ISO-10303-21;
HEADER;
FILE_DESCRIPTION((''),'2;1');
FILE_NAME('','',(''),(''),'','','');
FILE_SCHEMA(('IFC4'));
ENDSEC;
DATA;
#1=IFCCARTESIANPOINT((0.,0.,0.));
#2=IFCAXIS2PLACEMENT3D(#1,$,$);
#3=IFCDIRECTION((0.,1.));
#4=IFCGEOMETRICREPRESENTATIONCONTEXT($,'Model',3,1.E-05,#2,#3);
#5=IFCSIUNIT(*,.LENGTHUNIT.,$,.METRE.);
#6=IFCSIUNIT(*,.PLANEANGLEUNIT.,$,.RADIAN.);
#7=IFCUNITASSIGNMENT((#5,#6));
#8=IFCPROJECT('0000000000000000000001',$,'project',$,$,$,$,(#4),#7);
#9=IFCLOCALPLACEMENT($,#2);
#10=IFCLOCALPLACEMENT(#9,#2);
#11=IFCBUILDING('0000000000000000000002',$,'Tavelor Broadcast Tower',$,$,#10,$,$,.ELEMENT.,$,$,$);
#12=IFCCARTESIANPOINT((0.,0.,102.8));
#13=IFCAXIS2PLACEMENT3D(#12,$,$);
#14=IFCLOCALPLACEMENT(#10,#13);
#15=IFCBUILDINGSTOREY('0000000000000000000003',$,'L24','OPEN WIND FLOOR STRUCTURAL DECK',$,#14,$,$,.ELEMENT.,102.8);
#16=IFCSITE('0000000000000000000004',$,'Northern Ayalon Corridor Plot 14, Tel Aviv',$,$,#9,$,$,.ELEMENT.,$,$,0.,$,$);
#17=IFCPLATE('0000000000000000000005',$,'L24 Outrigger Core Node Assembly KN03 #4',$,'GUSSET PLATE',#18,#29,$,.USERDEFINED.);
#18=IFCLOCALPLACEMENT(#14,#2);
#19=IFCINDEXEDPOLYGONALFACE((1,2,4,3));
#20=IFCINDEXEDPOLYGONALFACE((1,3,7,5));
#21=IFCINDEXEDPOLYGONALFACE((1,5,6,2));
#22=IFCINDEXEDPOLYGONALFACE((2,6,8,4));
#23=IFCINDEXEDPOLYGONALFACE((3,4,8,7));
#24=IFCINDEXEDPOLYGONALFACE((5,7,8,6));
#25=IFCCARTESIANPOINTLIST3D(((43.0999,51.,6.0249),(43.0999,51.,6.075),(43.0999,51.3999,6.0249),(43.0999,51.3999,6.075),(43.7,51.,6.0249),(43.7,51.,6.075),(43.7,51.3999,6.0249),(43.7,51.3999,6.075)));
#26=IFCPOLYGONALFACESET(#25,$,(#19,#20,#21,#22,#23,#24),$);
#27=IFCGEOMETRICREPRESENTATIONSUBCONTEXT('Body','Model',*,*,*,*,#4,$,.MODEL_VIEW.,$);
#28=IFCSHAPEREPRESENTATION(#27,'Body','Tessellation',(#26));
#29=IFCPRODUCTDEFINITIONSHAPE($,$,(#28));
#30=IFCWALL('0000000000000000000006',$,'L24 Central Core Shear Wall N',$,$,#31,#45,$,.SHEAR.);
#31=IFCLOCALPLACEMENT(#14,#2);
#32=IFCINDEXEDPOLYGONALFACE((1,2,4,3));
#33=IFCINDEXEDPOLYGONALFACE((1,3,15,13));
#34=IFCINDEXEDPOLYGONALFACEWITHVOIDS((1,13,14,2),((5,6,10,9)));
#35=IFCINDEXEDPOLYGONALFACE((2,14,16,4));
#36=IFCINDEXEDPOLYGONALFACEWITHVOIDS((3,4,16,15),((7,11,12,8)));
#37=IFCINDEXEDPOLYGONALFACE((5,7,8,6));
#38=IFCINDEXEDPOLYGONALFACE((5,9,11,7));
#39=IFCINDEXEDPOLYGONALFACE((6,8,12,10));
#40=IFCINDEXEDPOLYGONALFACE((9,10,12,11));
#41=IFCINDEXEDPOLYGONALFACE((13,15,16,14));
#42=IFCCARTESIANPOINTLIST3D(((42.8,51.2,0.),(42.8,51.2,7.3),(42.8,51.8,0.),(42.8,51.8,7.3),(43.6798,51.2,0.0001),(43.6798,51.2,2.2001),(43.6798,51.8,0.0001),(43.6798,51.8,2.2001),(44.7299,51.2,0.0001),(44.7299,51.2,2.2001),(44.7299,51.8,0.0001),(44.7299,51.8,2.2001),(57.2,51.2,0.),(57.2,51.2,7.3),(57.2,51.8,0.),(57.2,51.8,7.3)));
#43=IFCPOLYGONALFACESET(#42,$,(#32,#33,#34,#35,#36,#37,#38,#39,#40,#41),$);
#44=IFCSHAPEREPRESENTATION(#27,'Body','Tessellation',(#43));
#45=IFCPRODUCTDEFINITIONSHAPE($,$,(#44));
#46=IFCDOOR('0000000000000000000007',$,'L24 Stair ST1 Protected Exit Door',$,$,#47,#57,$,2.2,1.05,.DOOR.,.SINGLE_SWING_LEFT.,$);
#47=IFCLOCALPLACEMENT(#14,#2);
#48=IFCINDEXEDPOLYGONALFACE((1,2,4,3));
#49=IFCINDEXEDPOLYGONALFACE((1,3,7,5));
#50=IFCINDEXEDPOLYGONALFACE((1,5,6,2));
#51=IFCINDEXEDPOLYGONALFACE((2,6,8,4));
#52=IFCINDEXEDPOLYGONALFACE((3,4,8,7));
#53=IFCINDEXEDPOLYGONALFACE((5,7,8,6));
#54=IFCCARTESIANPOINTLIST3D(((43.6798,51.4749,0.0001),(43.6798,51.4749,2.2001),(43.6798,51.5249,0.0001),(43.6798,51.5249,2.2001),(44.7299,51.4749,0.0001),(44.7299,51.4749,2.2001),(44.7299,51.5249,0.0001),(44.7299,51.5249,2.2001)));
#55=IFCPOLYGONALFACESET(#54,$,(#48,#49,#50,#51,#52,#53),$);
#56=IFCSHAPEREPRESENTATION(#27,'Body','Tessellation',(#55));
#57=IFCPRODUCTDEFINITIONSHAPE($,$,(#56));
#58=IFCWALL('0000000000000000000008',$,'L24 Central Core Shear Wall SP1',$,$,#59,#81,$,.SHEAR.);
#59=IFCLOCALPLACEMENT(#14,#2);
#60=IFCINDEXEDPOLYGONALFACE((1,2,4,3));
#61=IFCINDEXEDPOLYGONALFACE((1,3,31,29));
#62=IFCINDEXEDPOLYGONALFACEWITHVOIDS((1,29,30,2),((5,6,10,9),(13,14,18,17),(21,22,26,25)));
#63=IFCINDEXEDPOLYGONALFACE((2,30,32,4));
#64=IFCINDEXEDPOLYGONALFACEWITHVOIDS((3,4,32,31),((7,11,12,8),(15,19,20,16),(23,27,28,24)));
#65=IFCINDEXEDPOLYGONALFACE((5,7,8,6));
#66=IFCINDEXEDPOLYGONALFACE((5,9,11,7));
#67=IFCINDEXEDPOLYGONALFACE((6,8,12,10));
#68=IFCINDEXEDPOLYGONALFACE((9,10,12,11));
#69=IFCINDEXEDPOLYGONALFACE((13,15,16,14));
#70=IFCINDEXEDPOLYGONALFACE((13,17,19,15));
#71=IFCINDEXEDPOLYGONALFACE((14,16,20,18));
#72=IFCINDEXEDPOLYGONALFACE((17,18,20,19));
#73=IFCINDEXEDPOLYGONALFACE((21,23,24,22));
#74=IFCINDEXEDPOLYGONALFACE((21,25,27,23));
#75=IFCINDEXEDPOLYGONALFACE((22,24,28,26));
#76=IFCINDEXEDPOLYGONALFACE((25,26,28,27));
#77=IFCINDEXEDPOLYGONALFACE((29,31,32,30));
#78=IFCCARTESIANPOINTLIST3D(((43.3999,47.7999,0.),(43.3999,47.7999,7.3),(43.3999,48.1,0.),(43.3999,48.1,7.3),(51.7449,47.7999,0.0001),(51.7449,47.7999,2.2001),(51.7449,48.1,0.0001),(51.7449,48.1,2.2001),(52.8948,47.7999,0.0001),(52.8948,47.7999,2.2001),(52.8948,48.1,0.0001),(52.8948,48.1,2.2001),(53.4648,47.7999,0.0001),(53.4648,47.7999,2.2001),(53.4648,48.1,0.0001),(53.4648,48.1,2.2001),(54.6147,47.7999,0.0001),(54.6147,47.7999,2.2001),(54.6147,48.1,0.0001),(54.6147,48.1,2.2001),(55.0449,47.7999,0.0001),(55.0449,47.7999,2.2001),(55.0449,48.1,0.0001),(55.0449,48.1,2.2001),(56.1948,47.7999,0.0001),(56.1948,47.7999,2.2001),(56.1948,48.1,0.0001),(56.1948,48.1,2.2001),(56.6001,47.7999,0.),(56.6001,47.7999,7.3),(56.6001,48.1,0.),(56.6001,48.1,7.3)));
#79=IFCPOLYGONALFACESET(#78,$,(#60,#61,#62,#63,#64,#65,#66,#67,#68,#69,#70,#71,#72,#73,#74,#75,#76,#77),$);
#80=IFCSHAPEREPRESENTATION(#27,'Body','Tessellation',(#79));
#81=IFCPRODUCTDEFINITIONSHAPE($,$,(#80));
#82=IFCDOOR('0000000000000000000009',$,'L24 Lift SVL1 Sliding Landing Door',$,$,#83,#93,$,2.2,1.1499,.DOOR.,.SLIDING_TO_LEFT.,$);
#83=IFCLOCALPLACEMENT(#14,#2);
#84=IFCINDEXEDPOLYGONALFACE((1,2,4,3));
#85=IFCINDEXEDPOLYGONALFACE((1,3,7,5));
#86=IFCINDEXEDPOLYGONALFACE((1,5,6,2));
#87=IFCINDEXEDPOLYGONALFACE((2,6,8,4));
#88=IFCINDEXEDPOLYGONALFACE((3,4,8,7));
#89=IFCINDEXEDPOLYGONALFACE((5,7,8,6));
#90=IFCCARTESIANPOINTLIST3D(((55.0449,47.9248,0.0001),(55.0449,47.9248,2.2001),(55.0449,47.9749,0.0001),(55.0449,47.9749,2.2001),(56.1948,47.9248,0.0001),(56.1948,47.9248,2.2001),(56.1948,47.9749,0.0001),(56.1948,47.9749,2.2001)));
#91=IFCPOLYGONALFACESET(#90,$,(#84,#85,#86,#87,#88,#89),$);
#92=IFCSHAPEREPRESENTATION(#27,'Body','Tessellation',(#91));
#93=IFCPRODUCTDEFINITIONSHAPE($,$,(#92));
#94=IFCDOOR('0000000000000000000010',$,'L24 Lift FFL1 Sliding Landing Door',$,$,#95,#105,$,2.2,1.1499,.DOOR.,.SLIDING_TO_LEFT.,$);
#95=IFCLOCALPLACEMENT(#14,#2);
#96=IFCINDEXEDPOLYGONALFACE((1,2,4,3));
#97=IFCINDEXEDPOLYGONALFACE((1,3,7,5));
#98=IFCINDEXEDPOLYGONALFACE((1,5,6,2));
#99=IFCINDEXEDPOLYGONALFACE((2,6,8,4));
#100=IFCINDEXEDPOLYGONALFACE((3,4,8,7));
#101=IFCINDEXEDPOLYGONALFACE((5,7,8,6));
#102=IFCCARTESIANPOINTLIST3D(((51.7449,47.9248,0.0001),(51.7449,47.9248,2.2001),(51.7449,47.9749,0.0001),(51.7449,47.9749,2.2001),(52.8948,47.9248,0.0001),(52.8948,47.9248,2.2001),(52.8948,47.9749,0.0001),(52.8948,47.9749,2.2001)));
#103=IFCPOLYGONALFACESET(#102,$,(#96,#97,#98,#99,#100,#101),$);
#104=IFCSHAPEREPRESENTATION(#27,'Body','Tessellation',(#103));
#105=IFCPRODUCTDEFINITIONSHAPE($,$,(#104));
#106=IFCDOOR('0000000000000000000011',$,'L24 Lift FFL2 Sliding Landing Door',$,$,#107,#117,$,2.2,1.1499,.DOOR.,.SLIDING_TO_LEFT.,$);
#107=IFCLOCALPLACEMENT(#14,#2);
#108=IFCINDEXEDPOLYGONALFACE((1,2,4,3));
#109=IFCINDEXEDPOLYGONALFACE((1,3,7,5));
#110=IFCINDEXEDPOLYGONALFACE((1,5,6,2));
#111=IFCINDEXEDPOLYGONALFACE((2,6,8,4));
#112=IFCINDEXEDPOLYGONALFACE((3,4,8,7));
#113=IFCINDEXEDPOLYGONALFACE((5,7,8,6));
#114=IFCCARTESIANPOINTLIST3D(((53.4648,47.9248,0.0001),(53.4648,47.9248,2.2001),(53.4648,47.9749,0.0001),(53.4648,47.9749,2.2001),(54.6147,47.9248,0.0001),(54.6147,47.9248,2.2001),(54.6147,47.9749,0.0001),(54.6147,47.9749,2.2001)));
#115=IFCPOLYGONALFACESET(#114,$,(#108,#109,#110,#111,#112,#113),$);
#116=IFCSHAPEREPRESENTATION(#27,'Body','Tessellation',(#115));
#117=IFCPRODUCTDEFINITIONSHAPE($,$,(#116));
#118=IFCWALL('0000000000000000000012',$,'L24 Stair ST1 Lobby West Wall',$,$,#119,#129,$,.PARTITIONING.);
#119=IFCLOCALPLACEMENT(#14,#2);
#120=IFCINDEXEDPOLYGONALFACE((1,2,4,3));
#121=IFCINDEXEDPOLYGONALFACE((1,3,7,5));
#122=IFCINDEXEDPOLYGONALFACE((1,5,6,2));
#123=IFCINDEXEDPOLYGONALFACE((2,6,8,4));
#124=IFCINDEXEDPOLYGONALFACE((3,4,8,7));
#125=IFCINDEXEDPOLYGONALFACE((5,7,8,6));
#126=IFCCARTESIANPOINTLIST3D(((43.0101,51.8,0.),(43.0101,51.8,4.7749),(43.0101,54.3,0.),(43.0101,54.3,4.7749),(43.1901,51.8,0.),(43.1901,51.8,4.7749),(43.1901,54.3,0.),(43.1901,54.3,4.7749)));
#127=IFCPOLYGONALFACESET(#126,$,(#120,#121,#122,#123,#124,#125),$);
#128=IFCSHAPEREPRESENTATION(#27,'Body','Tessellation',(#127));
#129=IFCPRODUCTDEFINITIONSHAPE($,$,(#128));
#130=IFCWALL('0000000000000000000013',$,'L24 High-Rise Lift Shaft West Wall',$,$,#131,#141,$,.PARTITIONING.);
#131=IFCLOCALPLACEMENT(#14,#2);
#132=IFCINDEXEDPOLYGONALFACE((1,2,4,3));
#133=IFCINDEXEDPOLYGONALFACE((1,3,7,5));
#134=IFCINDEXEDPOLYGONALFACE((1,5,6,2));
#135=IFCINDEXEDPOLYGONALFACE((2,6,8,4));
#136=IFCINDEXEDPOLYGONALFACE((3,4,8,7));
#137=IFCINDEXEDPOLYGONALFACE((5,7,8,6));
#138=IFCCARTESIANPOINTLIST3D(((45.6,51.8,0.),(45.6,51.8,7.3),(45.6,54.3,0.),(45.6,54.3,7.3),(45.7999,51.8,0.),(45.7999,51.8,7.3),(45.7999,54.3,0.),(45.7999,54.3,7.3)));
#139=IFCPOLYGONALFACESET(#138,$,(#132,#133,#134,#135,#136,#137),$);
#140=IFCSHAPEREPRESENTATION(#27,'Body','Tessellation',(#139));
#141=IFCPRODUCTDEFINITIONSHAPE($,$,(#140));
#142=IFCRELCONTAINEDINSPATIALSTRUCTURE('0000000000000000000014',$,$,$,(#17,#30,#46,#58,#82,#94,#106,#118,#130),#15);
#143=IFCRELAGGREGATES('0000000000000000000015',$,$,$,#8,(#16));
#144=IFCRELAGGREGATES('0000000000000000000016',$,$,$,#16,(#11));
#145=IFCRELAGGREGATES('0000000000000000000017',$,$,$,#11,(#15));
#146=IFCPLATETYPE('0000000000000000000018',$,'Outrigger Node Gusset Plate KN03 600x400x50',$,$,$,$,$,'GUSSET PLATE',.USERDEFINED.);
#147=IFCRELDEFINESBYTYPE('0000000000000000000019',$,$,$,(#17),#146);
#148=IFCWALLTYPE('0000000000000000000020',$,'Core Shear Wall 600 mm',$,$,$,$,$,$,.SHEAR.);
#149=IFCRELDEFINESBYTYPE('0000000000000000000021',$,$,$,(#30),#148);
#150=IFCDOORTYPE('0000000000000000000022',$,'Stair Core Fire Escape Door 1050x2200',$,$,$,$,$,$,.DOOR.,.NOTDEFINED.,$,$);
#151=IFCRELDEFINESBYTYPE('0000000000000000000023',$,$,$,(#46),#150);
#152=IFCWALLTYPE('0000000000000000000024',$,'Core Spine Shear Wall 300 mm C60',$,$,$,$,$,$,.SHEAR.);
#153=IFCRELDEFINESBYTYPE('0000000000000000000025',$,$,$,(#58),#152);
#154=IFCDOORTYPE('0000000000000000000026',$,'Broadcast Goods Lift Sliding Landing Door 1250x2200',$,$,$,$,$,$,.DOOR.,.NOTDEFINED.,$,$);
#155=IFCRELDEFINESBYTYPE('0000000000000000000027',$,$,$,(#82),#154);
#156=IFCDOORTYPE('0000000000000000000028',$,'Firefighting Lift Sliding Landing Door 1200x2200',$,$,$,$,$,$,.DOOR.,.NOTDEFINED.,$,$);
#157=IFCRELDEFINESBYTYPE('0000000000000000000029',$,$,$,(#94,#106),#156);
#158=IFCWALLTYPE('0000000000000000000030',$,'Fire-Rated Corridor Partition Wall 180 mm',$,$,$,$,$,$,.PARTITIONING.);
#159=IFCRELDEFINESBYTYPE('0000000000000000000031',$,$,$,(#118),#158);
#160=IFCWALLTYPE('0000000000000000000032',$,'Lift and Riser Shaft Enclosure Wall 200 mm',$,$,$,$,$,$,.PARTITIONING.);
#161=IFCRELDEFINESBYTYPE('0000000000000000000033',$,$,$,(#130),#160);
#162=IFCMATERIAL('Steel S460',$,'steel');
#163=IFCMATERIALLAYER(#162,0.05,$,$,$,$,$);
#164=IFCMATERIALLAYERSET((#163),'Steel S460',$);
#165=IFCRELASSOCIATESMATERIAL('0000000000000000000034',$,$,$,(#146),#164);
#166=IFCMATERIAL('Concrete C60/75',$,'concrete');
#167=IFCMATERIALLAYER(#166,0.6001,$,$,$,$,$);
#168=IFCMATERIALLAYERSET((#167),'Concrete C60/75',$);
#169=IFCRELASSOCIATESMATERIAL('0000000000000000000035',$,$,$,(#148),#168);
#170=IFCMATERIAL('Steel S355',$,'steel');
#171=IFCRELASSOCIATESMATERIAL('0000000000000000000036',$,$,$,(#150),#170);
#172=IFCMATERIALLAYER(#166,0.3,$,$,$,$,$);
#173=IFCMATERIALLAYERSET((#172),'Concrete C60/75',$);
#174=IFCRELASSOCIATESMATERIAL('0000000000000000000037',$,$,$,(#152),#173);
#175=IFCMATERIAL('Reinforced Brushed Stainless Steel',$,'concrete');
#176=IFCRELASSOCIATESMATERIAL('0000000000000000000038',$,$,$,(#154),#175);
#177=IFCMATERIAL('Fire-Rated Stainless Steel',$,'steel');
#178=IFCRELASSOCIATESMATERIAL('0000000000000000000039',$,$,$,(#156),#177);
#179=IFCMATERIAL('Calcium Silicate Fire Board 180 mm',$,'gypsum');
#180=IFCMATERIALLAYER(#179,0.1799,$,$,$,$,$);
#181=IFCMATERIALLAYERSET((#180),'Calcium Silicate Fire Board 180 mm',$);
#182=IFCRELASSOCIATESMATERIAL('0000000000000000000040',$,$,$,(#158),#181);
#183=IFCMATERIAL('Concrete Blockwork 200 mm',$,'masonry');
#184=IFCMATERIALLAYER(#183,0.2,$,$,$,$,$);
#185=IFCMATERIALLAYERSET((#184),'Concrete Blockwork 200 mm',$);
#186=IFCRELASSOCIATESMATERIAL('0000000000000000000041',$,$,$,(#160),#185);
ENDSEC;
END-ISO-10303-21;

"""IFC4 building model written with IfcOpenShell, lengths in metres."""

from ifc_helpers import new_model, si_unit, direction, frame, frame_2d, origin, origin_2d, place, context, subcontext, project, spatial, rectangle, extrude, source, transform, mapped, material, layer, layer_set, type_object, type_shapes, element, fill, save


model = new_model("IFC4")

# Units and contexts
model_context = context("Model", 3, precision=1e-05, world=origin(), true_north=direction((0.0, 1.0)))
body_context = subcontext(model_context, "Body", "Model", "MODEL_VIEW")
ifc_project = project(units=[si_unit("LENGTHUNIT", "METRE"), si_unit("PLANEANGLEUNIT", "RADIAN")], contexts=[model_context])

# Site, building, storey
site_placement = place(None, origin())
site = spatial("IfcSite", under=ifc_project, at=site_placement, Name="Northern Ayalon Corridor Plot 14, Tel Aviv", CompositionType="ELEMENT", RefElevation=0.0)
building_placement = place(site_placement, origin())
building = spatial("IfcBuilding", under=site, at=building_placement, Name="Tavelor Broadcast Tower", CompositionType="ELEMENT")
storey_placement = place(building_placement, frame((0.0, 0.0, 102.8)))
storey = spatial("IfcBuildingStorey", under=building, at=storey_placement, Name="L24", Description="OPEN WIND FLOOR STRUCTURAL DECK", CompositionType="ELEMENT", Elevation=102.8)

# Shared definitions
ifc_material_1 = material(Name="Concrete C60/75", Category="concrete")

# Shared definitions
ifc_material_2 = material(Name="Steel S460", Category="steel")
ifc_material_3 = material(Name="Steel S355", Category="steel")

# Plate
ifc_layer_1 = layer(ifc_material_2, 0.05)
ifc_layer_set_1 = layer_set([ifc_layer_1], Name="Steel S460")
plate_type = type_object("IfcPlateType", Name="Outrigger Node Gusset Plate KN03 600x400x50", ElementType="GUSSET PLATE", PredefinedType="USERDEFINED", material=ifc_layer_set_1)
shared_shape = source(origin(), body_context, "Body", "SweptSolid", [
    extrude(rectangle(XDim=0.6001, YDim=0.3999, at=origin_2d()), origin(), (0.0, 0.0, 1.0), 0.05),
])
type_shapes(plate_type, [shared_shape])
plate_placement = place(storey_placement, frame((43.3999, 51.2, 6.0249), z_axis=(0.0, 0.0, 1.0), x_axis=(1.0, 0.0, 0.0)))
element("IfcPlate", 1, at=plate_placement, inside=storey, type_object=plate_type, Name="L24 Outrigger Core Node Assembly KN03 #4", ObjectType="GUSSET PLATE", PredefinedType="USERDEFINED", context=body_context, shape_type="MappedRepresentation", body=[
    mapped(shared_shape, transform((0.0, 0.0, 0.0), scale=1.0)),
])

# Wall, opening, door
ifc_layer_2 = layer(ifc_material_1, 0.6001)
ifc_layer_set_2 = layer_set([ifc_layer_2], Name="Concrete C60/75")
wall_type_1 = type_object("IfcWallType", Name="Core Shear Wall 600 mm", PredefinedType="SHEAR", material=ifc_layer_set_2)
wall_1_placement = place(storey_placement, frame((42.8, 51.5, 0.0), z_axis=(0.0, 0.0, 1.0), x_axis=(1.0, 0.0, 0.0)))
wall_1 = element("IfcWall", 2, at=wall_1_placement, inside=storey, type_object=wall_type_1, Name="L24 Central Core Shear Wall N", PredefinedType="SHEAR", context=body_context, shape_type="SweptSolid", body=[
    extrude(rectangle(XDim=14.3999, YDim=0.6001, at=frame_2d((7.2, 0.0))), origin(), (0.0, 0.0, 1.0), 7.3),
])
opening_1_placement = place(wall_1_placement, frame((0.8799, 0.0, 0.0)))
opening_1 = element("IfcOpeningElement", 3, at=opening_1_placement, cuts=wall_1, PredefinedType="OPENING", context=body_context, shape_type="SweptSolid", body=[
    extrude(rectangle(XDim=1.05, YDim=2.2, at=frame_2d((0.5249, 1.1001))), frame((0.0, 0.3101, 0.0), z_axis=(0.0, -1.0, 0.0), x_axis=(1.0, 0.0, 0.0)), (0.0, 0.0, 1.0), 0.6201),
])
door_type_1 = type_object("IfcDoorType", Name="Stair Core Fire Escape Door 1050x2200", OperationType="NOTDEFINED", PredefinedType="DOOR", material=ifc_material_3)
door_1_placement = place(opening_1_placement, origin())
door_1 = element("IfcDoor", 4, at=door_1_placement, inside=storey, type_object=door_type_1, Name="L24 Stair ST1 Protected Exit Door", OperationType="SINGLE_SWING_LEFT", OverallHeight=2.2, OverallWidth=1.05, PredefinedType="DOOR", context=body_context, shape_type="SweptSolid", body=[
    extrude(rectangle(XDim=1.05, YDim=2.2, at=frame_2d((0.5249, 1.1001))), frame((0.0, 0.0249, 0.0), z_axis=(0.0, -1.0, 0.0), x_axis=(1.0, 0.0, 0.0)), (0.0, 0.0, 1.0), 0.05),
])
fill(opening_1, door_1)

# Wall, openings, doors
ifc_layer_3 = layer(ifc_material_1, 0.3)
ifc_layer_set_3 = layer_set([ifc_layer_3], Name="Concrete C60/75")
wall_type_2 = type_object("IfcWallType", Name="Core Spine Shear Wall 300 mm C60", PredefinedType="SHEAR", material=ifc_layer_set_3)
wall_2_placement = place(storey_placement, frame((43.3999, 47.95, 0.0), z_axis=(0.0, 0.0, 1.0), x_axis=(1.0, 0.0, 0.0)))
wall_2 = element("IfcWall", 5, at=wall_2_placement, inside=storey, type_object=wall_type_2, Name="L24 Central Core Shear Wall SP1", PredefinedType="SHEAR", context=body_context, shape_type="SweptSolid", body=[
    extrude(rectangle(XDim=13.2002, YDim=0.3, at=frame_2d((6.6001, 0.0))), origin(), (0.0, 0.0, 1.0), 7.3),
])
opening_2_placement = place(wall_2_placement, frame((8.345, 0.0, 0.0)))
opening_2 = element("IfcOpeningElement", 6, at=opening_2_placement, cuts=wall_2, PredefinedType="OPENING", context=body_context, shape_type="SweptSolid", body=[
    extrude(rectangle(XDim=1.1499, YDim=2.2, at=frame_2d((0.575, 1.1001))), frame((0.0, 0.1602, 0.0), z_axis=(0.0, -1.0, 0.0), x_axis=(1.0, 0.0, 0.0)), (0.0, 0.0, 1.0), 0.3201),
])
opening_3_placement = place(wall_2_placement, frame((10.0649, 0.0, 0.0)))
opening_3 = element("IfcOpeningElement", 7, at=opening_3_placement, cuts=wall_2, PredefinedType="OPENING", context=body_context, shape_type="SweptSolid", body=[
    extrude(rectangle(XDim=1.1499, YDim=2.2, at=frame_2d((0.575, 1.1001))), frame((0.0, 0.1602, 0.0), z_axis=(0.0, -1.0, 0.0), x_axis=(1.0, 0.0, 0.0)), (0.0, 0.0, 1.0), 0.3201),
])
opening_4_placement = place(wall_2_placement, frame((11.645, 0.0, 0.0)))
opening_4 = element("IfcOpeningElement", 8, at=opening_4_placement, cuts=wall_2, PredefinedType="OPENING", context=body_context, shape_type="SweptSolid", body=[
    extrude(rectangle(XDim=1.1499, YDim=2.2, at=frame_2d((0.575, 1.1001))), frame((0.0, 0.1602, 0.0), z_axis=(0.0, -1.0, 0.0), x_axis=(1.0, 0.0, 0.0)), (0.0, 0.0, 1.0), 0.3201),
])
ifc_material_4 = material(Name="Reinforced Brushed Stainless Steel", Category="concrete")
door_type_2 = type_object("IfcDoorType", Name="Broadcast Goods Lift Sliding Landing Door 1250x2200", OperationType="NOTDEFINED", PredefinedType="DOOR", material=ifc_material_4)
door_2_placement = place(opening_4_placement, origin())
door_2 = element("IfcDoor", 9, at=door_2_placement, inside=storey, type_object=door_type_2, Name="L24 Lift SVL1 Sliding Landing Door", OperationType="SLIDING_TO_LEFT", OverallHeight=2.2, OverallWidth=1.1499, PredefinedType="DOOR", context=body_context, shape_type="SweptSolid", body=[
    extrude(rectangle(XDim=1.1499, YDim=2.2, at=frame_2d((0.575, 1.1001))), frame((0.0, 0.0249, 0.0), z_axis=(0.0, -1.0, 0.0), x_axis=(1.0, 0.0, 0.0)), (0.0, 0.0, 1.0), 0.05),
])
fill(opening_4, door_2)
ifc_material_5 = material(Name="Fire-Rated Stainless Steel", Category="steel")
door_type_3 = type_object("IfcDoorType", Name="Firefighting Lift Sliding Landing Door 1200x2200", OperationType="NOTDEFINED", PredefinedType="DOOR", material=ifc_material_5)
door_3_placement = place(opening_2_placement, origin())
door_3 = element("IfcDoor", 10, at=door_3_placement, inside=storey, type_object=door_type_3, Name="L24 Lift FFL1 Sliding Landing Door", OperationType="SLIDING_TO_LEFT", OverallHeight=2.2, OverallWidth=1.1499, PredefinedType="DOOR", context=body_context, shape_type="SweptSolid", body=[
    extrude(rectangle(XDim=1.1499, YDim=2.2, at=frame_2d((0.575, 1.1001))), frame((0.0, 0.0249, 0.0), z_axis=(0.0, -1.0, 0.0), x_axis=(1.0, 0.0, 0.0)), (0.0, 0.0, 1.0), 0.05),
])
fill(opening_2, door_3)
door_4_placement = place(opening_3_placement, origin())
door_4 = element("IfcDoor", 11, at=door_4_placement, inside=storey, type_object=door_type_3, Name="L24 Lift FFL2 Sliding Landing Door", OperationType="SLIDING_TO_LEFT", OverallHeight=2.2, OverallWidth=1.1499, PredefinedType="DOOR", context=body_context, shape_type="SweptSolid", body=[
    extrude(rectangle(XDim=1.1499, YDim=2.2, at=frame_2d((0.575, 1.1001))), frame((0.0, 0.0249, 0.0), z_axis=(0.0, -1.0, 0.0), x_axis=(1.0, 0.0, 0.0)), (0.0, 0.0, 1.0), 0.05),
])
fill(opening_3, door_4)

# Walls
ifc_material_6 = material(Name="Calcium Silicate Fire Board 180 mm", Category="gypsum")
ifc_layer_4 = layer(ifc_material_6, 0.1799)
ifc_layer_set_4 = layer_set([ifc_layer_4], Name="Calcium Silicate Fire Board 180 mm")
wall_type_3 = type_object("IfcWallType", Name="Fire-Rated Corridor Partition Wall 180 mm", PredefinedType="PARTITIONING", material=ifc_layer_set_4)
wall_3_placement = place(storey_placement, frame((43.1001, 51.8, 0.0), z_axis=(0.0, 0.0, 1.0), x_axis=(0.0, 1.0, 0.0)))
element("IfcWall", 12, at=wall_3_placement, inside=storey, type_object=wall_type_3, Name="L24 Stair ST1 Lobby West Wall", PredefinedType="PARTITIONING", context=body_context, shape_type="SweptSolid", body=[
    extrude(rectangle(XDim=2.5, YDim=0.1799, at=frame_2d((1.25, 0.0))), origin(), (0.0, 0.0, 1.0), 4.7749),
])
ifc_material_7 = material(Name="Concrete Blockwork 200 mm", Category="masonry")
ifc_layer_5 = layer(ifc_material_7, 0.2)
ifc_layer_set_5 = layer_set([ifc_layer_5], Name="Concrete Blockwork 200 mm")
wall_type_4 = type_object("IfcWallType", Name="Lift and Riser Shaft Enclosure Wall 200 mm", PredefinedType="PARTITIONING", material=ifc_layer_set_5)
wall_4_placement = place(storey_placement, frame((45.7, 51.8, 0.0), z_axis=(0.0, 0.0, 1.0), x_axis=(0.0, 1.0, 0.0)))
element("IfcWall", 13, at=wall_4_placement, inside=storey, type_object=wall_type_4, Name="L24 High-Rise Lift Shaft West Wall", PredefinedType="PARTITIONING", context=body_context, shape_type="SweptSolid", body=[
    extrude(rectangle(XDim=2.5, YDim=0.2, at=frame_2d((1.25, 0.0))), origin(), (0.0, 0.0, 1.0), 7.3),
])

save(model, "model.ifc")
